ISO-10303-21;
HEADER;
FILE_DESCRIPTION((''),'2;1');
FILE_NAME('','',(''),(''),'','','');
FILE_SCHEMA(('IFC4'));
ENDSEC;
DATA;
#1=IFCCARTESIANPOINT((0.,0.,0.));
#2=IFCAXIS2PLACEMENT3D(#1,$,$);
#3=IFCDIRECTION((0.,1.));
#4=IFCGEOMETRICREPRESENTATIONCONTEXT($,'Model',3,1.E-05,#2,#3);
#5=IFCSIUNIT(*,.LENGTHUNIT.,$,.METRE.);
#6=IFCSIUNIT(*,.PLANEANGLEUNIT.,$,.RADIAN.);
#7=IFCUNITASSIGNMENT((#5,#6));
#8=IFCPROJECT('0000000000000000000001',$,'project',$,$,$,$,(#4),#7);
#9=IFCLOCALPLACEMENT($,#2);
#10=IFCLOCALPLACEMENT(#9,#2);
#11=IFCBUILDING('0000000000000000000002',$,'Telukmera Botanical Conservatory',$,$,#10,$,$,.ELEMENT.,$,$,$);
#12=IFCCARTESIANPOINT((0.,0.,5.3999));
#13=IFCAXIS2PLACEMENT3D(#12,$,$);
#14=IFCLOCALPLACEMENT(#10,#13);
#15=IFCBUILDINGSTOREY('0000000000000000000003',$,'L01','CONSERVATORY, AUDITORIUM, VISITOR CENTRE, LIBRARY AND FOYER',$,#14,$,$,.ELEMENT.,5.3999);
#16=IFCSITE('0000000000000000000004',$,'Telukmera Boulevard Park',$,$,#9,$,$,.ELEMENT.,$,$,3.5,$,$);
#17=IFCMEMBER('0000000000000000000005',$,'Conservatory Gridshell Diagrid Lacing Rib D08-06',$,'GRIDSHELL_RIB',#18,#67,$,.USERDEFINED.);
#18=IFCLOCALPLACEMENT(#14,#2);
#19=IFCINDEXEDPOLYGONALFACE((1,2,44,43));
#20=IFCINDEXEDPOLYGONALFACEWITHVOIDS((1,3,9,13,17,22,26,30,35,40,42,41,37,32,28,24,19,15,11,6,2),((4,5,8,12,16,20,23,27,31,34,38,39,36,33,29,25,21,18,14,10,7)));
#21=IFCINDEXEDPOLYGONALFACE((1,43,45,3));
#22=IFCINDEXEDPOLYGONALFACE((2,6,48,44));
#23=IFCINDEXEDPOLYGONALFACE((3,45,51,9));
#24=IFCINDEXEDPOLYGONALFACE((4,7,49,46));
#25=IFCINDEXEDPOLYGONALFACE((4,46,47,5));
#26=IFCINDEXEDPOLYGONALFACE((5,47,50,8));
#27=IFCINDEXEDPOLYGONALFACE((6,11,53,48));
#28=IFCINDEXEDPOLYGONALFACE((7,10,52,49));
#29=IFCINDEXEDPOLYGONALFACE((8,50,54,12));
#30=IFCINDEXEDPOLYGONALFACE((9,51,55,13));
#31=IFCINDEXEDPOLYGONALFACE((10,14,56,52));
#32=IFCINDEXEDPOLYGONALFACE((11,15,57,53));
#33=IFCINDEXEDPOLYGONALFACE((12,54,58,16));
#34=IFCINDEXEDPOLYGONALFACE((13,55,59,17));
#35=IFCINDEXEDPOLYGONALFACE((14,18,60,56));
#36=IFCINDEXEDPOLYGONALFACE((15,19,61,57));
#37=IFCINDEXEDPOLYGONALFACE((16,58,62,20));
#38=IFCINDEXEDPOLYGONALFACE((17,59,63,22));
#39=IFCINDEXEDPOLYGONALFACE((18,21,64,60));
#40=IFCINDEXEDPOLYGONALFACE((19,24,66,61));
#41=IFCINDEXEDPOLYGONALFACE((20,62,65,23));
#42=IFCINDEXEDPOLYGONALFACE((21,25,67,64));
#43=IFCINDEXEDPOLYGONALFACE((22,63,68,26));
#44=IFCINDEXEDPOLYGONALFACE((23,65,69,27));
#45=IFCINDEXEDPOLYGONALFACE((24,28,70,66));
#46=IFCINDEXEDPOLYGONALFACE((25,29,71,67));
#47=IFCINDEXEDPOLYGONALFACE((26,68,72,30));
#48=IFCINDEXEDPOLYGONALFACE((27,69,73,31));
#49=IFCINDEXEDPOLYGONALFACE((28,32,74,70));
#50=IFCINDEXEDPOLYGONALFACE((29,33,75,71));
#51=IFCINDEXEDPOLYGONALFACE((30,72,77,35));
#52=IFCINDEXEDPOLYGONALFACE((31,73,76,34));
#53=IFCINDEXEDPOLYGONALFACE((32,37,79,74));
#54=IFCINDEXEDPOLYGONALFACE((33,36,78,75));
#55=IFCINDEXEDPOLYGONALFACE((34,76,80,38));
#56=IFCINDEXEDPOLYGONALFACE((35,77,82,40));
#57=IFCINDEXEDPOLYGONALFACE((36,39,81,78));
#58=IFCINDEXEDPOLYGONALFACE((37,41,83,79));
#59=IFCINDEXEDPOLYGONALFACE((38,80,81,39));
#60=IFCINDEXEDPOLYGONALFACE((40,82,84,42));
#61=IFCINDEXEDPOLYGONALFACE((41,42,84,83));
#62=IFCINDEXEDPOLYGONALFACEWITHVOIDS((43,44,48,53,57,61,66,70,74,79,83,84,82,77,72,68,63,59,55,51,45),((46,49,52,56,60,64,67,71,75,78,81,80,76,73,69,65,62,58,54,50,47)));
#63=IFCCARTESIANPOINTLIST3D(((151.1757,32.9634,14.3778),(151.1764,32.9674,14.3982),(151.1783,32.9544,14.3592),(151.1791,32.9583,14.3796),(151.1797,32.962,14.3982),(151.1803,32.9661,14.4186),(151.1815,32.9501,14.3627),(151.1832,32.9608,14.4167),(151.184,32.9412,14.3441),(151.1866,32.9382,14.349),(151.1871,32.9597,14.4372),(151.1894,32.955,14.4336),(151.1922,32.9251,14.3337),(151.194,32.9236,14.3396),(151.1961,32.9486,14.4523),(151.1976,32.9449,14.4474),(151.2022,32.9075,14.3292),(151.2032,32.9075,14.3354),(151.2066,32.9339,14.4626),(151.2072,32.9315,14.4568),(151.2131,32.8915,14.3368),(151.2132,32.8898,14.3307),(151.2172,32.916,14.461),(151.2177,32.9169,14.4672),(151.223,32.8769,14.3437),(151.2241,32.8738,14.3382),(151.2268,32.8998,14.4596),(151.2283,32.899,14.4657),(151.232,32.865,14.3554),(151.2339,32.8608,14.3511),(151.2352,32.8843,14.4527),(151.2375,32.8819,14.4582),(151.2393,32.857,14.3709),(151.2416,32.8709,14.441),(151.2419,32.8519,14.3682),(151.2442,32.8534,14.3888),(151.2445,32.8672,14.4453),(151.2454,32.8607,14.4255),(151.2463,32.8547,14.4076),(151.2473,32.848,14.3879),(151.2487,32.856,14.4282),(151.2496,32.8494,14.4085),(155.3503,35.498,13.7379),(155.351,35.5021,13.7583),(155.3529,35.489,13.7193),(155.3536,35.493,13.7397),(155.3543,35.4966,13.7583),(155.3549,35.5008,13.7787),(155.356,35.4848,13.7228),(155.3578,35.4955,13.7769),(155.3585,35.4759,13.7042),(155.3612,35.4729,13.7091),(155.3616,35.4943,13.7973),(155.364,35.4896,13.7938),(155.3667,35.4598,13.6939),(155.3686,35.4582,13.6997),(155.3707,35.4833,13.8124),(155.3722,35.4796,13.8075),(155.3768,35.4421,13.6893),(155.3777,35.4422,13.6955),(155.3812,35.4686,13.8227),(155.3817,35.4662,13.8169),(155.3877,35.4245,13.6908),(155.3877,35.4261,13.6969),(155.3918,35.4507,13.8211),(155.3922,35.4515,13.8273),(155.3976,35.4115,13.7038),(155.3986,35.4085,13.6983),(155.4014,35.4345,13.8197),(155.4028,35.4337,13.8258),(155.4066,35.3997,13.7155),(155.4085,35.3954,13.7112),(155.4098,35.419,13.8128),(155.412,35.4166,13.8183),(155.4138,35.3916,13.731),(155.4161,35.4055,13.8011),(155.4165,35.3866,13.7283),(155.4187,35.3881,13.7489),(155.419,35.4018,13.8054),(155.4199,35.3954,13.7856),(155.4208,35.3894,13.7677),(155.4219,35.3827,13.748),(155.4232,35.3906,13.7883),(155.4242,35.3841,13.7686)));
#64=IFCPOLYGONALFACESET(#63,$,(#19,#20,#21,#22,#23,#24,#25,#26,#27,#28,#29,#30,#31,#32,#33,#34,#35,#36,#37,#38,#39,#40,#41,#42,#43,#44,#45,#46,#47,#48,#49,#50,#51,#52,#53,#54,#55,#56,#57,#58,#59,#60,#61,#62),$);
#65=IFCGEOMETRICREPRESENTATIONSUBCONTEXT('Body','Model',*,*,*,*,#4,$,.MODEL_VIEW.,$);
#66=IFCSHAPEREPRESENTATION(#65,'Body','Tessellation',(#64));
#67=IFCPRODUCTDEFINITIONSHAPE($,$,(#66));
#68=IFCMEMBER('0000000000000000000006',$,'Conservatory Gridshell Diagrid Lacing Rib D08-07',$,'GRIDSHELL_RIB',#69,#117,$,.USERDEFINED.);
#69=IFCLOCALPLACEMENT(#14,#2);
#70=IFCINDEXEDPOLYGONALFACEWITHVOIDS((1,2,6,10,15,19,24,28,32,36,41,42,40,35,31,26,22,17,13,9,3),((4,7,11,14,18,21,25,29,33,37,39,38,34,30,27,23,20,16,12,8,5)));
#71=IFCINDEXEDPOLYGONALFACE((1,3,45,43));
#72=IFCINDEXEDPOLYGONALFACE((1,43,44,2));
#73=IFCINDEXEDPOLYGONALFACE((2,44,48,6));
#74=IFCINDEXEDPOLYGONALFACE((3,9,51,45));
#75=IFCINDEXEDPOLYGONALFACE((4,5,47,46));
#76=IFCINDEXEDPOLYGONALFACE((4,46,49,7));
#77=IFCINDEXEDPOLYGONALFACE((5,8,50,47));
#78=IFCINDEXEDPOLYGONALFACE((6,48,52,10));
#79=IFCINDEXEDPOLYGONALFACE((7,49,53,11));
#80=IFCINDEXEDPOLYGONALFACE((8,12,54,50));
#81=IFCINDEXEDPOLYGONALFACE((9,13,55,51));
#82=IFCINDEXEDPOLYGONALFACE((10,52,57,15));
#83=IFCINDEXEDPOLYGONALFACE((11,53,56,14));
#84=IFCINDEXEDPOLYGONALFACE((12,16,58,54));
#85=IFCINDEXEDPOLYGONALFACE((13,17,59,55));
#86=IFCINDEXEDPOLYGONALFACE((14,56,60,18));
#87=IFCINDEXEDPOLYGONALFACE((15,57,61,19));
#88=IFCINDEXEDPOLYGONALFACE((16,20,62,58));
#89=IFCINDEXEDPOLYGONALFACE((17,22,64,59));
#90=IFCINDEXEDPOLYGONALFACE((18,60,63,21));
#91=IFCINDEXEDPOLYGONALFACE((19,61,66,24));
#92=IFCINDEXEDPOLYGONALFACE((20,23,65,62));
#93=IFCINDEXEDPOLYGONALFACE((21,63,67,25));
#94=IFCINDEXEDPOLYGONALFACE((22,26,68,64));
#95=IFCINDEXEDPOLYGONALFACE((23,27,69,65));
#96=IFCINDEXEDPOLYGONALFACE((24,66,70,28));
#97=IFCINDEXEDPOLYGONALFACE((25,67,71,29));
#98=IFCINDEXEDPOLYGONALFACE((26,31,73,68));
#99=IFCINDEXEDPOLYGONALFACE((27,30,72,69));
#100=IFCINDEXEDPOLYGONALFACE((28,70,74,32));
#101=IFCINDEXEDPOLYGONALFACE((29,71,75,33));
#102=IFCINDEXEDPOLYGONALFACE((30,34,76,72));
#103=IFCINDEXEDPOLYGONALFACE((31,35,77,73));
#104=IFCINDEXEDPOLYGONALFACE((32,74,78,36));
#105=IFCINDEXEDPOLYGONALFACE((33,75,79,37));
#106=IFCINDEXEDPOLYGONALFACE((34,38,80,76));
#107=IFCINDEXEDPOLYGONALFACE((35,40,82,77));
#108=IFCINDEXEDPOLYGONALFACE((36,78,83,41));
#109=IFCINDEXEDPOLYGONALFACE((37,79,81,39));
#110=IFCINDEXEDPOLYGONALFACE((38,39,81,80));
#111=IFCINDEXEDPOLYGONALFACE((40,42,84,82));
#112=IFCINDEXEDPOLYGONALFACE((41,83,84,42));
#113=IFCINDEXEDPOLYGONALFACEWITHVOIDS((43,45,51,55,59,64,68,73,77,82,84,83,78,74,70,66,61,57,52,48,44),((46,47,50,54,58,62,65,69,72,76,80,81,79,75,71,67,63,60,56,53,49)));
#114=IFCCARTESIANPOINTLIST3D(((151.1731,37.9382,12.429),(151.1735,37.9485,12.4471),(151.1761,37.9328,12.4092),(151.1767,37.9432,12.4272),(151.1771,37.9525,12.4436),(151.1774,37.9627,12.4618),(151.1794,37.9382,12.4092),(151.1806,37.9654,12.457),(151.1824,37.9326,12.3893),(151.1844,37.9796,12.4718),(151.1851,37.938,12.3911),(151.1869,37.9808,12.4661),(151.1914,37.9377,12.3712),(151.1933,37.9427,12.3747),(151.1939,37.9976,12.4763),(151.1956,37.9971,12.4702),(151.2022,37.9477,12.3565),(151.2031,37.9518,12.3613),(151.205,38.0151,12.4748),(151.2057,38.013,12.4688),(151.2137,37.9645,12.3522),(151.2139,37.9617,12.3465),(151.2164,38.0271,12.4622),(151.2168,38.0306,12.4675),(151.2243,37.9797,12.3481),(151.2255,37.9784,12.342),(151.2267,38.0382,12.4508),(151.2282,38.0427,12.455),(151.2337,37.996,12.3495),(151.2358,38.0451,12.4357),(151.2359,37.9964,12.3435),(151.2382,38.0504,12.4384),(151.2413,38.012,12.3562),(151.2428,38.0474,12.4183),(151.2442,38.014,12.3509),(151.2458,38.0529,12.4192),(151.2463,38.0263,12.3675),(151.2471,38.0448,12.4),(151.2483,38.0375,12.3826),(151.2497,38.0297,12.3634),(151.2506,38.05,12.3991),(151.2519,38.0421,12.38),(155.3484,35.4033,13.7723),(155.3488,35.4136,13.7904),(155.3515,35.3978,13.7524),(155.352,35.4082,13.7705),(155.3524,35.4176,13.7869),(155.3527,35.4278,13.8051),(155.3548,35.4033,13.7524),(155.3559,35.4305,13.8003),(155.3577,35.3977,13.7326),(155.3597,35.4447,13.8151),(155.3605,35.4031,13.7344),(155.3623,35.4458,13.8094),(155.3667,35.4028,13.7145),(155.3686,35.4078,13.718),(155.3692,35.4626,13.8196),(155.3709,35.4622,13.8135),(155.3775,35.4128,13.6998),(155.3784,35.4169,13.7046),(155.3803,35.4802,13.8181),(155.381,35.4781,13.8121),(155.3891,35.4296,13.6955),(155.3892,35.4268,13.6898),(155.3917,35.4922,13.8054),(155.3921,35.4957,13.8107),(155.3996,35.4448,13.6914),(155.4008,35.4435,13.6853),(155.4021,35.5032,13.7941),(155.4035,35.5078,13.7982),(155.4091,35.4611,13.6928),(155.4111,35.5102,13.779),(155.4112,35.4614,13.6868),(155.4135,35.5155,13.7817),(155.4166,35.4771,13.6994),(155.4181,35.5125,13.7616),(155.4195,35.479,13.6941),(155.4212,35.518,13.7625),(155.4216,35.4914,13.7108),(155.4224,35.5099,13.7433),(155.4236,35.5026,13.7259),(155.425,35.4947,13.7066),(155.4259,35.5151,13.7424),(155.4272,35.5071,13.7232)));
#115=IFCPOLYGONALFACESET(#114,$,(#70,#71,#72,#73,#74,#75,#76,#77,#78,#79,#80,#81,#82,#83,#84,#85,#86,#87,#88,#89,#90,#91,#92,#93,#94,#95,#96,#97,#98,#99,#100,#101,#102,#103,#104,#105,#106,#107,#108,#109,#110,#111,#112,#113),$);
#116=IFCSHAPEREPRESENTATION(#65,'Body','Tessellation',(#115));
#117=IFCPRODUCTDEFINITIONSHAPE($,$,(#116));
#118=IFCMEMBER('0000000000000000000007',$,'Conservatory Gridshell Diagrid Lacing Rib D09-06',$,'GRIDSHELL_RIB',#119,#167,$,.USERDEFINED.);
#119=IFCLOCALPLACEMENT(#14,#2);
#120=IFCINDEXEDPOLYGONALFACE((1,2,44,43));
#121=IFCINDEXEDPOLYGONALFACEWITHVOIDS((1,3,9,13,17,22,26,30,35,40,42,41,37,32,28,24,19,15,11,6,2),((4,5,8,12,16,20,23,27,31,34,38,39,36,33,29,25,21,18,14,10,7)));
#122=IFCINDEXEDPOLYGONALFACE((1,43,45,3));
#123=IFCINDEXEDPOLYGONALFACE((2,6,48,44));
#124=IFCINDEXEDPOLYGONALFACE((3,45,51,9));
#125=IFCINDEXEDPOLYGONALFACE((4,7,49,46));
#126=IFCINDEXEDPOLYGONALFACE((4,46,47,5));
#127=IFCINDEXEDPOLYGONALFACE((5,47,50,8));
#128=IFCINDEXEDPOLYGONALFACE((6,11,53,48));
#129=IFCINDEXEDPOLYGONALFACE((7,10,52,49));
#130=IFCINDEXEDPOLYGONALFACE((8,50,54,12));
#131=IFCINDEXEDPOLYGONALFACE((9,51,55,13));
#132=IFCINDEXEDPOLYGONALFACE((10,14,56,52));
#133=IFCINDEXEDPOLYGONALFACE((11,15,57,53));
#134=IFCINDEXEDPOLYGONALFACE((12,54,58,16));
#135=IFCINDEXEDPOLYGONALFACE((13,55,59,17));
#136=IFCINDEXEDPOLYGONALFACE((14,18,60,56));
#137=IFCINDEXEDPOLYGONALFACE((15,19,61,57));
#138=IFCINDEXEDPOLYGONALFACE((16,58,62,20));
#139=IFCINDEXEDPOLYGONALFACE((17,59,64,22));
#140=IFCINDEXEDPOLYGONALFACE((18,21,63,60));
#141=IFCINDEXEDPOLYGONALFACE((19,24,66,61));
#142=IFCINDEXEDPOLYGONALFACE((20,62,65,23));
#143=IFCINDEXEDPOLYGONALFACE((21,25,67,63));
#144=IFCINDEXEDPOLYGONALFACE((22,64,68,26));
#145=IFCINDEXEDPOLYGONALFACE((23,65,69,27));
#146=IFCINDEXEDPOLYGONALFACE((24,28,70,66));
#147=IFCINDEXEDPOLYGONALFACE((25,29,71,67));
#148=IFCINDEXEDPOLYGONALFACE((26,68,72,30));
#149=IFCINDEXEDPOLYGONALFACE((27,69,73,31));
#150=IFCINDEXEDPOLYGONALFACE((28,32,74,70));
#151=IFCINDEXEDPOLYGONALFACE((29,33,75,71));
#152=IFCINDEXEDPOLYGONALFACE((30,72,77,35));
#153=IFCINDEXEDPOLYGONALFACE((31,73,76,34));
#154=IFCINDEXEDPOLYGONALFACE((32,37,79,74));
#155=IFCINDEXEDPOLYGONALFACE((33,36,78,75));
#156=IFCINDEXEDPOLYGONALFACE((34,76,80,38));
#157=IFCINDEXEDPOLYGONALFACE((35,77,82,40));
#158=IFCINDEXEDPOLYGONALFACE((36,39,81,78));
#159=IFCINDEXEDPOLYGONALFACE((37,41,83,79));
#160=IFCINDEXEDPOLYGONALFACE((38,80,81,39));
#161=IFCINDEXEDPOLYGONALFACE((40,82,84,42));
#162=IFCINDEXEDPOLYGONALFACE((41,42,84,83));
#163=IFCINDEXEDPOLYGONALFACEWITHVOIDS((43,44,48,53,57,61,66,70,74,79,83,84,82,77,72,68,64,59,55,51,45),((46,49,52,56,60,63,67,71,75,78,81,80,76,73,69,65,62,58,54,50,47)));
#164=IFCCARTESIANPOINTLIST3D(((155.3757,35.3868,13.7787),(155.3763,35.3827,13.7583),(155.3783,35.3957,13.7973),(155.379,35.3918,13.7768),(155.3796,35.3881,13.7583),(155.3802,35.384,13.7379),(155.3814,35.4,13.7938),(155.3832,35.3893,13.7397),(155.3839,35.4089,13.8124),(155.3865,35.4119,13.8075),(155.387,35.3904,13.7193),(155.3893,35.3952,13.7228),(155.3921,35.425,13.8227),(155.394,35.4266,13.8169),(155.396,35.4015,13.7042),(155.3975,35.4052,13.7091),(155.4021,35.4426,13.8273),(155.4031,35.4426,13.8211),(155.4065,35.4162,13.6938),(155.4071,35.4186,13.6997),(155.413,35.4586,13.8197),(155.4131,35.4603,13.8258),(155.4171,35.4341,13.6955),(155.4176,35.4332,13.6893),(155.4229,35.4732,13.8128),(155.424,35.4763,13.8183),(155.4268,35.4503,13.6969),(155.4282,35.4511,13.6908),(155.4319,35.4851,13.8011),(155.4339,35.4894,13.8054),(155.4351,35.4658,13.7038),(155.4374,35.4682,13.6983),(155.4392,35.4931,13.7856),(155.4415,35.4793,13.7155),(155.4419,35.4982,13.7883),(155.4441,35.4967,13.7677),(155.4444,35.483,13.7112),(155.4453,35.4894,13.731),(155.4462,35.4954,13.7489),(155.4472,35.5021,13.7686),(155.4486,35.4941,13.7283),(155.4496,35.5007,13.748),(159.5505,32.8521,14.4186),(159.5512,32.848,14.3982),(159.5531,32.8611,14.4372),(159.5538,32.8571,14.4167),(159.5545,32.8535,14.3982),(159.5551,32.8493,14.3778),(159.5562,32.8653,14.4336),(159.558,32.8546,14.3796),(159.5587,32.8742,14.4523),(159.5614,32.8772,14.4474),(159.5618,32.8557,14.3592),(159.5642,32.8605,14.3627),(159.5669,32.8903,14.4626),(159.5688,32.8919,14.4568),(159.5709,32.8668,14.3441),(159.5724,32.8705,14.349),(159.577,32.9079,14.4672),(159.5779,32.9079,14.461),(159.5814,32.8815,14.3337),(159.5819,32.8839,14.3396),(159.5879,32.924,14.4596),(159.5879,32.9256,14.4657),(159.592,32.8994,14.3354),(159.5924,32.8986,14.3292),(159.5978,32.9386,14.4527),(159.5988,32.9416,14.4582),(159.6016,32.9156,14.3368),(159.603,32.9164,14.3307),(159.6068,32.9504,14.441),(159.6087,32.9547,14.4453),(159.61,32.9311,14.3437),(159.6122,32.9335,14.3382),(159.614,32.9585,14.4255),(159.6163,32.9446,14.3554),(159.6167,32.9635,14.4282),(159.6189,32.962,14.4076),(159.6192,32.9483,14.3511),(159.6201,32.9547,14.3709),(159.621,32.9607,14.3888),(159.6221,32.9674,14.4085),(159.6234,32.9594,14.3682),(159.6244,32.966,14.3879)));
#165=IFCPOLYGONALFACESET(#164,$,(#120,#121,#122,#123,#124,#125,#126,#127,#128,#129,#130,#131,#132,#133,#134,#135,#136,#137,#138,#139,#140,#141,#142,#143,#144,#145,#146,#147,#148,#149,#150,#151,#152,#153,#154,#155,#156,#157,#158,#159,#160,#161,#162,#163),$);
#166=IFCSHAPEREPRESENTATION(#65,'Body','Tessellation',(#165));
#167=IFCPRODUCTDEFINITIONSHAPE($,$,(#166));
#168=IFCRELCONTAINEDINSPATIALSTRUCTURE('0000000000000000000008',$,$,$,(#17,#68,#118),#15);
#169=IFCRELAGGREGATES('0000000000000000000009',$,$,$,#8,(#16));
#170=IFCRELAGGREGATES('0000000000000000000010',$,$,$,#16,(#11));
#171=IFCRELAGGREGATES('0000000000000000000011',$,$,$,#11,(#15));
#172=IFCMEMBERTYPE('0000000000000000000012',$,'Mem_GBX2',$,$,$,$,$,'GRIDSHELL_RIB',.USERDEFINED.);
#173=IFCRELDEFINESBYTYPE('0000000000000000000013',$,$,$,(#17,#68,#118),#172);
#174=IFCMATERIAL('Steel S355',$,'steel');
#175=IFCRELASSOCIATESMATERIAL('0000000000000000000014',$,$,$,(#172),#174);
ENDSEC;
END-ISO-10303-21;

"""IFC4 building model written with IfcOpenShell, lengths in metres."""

from ifc_helpers import new_model, si_unit, direction, frame, origin, origin_2d, place, context, subcontext, project, spatial, hollow_circle, extrude, material, material_profile, profile_set, type_object, element, save


model = new_model("IFC4")

# Units and contexts
model_context = context("Model", 3, precision=1e-05, world=origin(), true_north=direction((0.0, 1.0)))
body_context = subcontext(model_context, "Body", "Model", "MODEL_VIEW")
ifc_project = project(units=[si_unit("LENGTHUNIT", "METRE"), si_unit("PLANEANGLEUNIT", "RADIAN")], contexts=[model_context])

# Site, building, storey
site_placement = place(None, origin())
site = spatial("IfcSite", under=ifc_project, at=site_placement, Name="Telukmera Boulevard Park", CompositionType="ELEMENT", RefElevation=3.5)
building_placement = place(site_placement, origin())
building = spatial("IfcBuilding", under=site, at=building_placement, Name="Telukmera Botanical Conservatory", CompositionType="ELEMENT")
storey_placement = place(building_placement, frame((0.0, 0.0, 5.3999)))
storey = spatial("IfcBuildingStorey", under=building, at=storey_placement, Name="L01", Description="CONSERVATORY, AUDITORIUM, VISITOR CENTRE, LIBRARY AND FOYER", CompositionType="ELEMENT", Elevation=5.3999)

# Shared definitions
ifc_material = material(Name="Steel S355", Category="steel")

# Members
ifc_material_profile_1 = material_profile(ifc_material, hollow_circle(Radius=0.0698, WallThickness=0.0063, at=origin_2d()), Name="CHS 139.7x6.3")
ifc_profile_set_1 = profile_set([ifc_material_profile_1], Name="Steel S355")
member_type_1 = type_object("IfcMemberType", Name="Mem_GBX2", ElementType="GRIDSHELL_RIB", PredefinedType="USERDEFINED", material=ifc_profile_set_1)
member_1_placement = place(storey_placement, frame((151.2126, 32.9077, 14.3982), z_axis=(0.847533, 0.514597, -0.129913), x_axis=(-0.518995, 0.854777, 0.0)))
element("IfcMember", 1, at=member_1_placement, inside=storey, type_object=member_type_1, Name="Conservatory Gridshell Diagrid Lacing Rib D08-06", ObjectType="GRIDSHELL_RIB", PredefinedType="USERDEFINED", context=body_context, shape_type="SweptSolid", body=[
    extrude(hollow_circle(Radius=0.0698, WallThickness=0.0063, at=origin_2d()), origin(), (0.0, 0.0, 1.0), 4.9255),
])
member_2_placement = place(storey_placement, frame((155.3877, 35.4575, 13.7524), z_axis=(-0.824198, 0.500389, -0.265158), x_axis=(-0.518965, -0.854795, 0.0)))
element("IfcMember", 2, at=member_2_placement, inside=storey, type_object=member_type_1, Name="Conservatory Gridshell Diagrid Lacing Rib D08-07", ObjectType="GRIDSHELL_RIB", PredefinedType="USERDEFINED", context=body_context, shape_type="SweptSolid", body=[
    extrude(hollow_circle(Radius=0.0698, WallThickness=0.0063, at=origin_2d()), origin(), (0.0, 0.0, 1.0), 5.0659),
])
member_3_placement = place(storey_placement, frame((159.5874, 32.9077, 14.3982), z_axis=(-0.847547, 0.514575, -0.129908), x_axis=(-0.518973, -0.854791, 0.0)))
element("IfcMember", 3, at=member_3_placement, inside=storey, type_object=member_type_1, Name="Conservatory Gridshell Diagrid Lacing Rib D09-06", ObjectType="GRIDSHELL_RIB", PredefinedType="USERDEFINED", context=body_context, shape_type="SweptSolid", body=[
    extrude(hollow_circle(Radius=0.0698, WallThickness=0.0063, at=origin_2d()), origin(), (0.0, 0.0, 1.0), 4.9258),
])

save(model, "model.ifc")
